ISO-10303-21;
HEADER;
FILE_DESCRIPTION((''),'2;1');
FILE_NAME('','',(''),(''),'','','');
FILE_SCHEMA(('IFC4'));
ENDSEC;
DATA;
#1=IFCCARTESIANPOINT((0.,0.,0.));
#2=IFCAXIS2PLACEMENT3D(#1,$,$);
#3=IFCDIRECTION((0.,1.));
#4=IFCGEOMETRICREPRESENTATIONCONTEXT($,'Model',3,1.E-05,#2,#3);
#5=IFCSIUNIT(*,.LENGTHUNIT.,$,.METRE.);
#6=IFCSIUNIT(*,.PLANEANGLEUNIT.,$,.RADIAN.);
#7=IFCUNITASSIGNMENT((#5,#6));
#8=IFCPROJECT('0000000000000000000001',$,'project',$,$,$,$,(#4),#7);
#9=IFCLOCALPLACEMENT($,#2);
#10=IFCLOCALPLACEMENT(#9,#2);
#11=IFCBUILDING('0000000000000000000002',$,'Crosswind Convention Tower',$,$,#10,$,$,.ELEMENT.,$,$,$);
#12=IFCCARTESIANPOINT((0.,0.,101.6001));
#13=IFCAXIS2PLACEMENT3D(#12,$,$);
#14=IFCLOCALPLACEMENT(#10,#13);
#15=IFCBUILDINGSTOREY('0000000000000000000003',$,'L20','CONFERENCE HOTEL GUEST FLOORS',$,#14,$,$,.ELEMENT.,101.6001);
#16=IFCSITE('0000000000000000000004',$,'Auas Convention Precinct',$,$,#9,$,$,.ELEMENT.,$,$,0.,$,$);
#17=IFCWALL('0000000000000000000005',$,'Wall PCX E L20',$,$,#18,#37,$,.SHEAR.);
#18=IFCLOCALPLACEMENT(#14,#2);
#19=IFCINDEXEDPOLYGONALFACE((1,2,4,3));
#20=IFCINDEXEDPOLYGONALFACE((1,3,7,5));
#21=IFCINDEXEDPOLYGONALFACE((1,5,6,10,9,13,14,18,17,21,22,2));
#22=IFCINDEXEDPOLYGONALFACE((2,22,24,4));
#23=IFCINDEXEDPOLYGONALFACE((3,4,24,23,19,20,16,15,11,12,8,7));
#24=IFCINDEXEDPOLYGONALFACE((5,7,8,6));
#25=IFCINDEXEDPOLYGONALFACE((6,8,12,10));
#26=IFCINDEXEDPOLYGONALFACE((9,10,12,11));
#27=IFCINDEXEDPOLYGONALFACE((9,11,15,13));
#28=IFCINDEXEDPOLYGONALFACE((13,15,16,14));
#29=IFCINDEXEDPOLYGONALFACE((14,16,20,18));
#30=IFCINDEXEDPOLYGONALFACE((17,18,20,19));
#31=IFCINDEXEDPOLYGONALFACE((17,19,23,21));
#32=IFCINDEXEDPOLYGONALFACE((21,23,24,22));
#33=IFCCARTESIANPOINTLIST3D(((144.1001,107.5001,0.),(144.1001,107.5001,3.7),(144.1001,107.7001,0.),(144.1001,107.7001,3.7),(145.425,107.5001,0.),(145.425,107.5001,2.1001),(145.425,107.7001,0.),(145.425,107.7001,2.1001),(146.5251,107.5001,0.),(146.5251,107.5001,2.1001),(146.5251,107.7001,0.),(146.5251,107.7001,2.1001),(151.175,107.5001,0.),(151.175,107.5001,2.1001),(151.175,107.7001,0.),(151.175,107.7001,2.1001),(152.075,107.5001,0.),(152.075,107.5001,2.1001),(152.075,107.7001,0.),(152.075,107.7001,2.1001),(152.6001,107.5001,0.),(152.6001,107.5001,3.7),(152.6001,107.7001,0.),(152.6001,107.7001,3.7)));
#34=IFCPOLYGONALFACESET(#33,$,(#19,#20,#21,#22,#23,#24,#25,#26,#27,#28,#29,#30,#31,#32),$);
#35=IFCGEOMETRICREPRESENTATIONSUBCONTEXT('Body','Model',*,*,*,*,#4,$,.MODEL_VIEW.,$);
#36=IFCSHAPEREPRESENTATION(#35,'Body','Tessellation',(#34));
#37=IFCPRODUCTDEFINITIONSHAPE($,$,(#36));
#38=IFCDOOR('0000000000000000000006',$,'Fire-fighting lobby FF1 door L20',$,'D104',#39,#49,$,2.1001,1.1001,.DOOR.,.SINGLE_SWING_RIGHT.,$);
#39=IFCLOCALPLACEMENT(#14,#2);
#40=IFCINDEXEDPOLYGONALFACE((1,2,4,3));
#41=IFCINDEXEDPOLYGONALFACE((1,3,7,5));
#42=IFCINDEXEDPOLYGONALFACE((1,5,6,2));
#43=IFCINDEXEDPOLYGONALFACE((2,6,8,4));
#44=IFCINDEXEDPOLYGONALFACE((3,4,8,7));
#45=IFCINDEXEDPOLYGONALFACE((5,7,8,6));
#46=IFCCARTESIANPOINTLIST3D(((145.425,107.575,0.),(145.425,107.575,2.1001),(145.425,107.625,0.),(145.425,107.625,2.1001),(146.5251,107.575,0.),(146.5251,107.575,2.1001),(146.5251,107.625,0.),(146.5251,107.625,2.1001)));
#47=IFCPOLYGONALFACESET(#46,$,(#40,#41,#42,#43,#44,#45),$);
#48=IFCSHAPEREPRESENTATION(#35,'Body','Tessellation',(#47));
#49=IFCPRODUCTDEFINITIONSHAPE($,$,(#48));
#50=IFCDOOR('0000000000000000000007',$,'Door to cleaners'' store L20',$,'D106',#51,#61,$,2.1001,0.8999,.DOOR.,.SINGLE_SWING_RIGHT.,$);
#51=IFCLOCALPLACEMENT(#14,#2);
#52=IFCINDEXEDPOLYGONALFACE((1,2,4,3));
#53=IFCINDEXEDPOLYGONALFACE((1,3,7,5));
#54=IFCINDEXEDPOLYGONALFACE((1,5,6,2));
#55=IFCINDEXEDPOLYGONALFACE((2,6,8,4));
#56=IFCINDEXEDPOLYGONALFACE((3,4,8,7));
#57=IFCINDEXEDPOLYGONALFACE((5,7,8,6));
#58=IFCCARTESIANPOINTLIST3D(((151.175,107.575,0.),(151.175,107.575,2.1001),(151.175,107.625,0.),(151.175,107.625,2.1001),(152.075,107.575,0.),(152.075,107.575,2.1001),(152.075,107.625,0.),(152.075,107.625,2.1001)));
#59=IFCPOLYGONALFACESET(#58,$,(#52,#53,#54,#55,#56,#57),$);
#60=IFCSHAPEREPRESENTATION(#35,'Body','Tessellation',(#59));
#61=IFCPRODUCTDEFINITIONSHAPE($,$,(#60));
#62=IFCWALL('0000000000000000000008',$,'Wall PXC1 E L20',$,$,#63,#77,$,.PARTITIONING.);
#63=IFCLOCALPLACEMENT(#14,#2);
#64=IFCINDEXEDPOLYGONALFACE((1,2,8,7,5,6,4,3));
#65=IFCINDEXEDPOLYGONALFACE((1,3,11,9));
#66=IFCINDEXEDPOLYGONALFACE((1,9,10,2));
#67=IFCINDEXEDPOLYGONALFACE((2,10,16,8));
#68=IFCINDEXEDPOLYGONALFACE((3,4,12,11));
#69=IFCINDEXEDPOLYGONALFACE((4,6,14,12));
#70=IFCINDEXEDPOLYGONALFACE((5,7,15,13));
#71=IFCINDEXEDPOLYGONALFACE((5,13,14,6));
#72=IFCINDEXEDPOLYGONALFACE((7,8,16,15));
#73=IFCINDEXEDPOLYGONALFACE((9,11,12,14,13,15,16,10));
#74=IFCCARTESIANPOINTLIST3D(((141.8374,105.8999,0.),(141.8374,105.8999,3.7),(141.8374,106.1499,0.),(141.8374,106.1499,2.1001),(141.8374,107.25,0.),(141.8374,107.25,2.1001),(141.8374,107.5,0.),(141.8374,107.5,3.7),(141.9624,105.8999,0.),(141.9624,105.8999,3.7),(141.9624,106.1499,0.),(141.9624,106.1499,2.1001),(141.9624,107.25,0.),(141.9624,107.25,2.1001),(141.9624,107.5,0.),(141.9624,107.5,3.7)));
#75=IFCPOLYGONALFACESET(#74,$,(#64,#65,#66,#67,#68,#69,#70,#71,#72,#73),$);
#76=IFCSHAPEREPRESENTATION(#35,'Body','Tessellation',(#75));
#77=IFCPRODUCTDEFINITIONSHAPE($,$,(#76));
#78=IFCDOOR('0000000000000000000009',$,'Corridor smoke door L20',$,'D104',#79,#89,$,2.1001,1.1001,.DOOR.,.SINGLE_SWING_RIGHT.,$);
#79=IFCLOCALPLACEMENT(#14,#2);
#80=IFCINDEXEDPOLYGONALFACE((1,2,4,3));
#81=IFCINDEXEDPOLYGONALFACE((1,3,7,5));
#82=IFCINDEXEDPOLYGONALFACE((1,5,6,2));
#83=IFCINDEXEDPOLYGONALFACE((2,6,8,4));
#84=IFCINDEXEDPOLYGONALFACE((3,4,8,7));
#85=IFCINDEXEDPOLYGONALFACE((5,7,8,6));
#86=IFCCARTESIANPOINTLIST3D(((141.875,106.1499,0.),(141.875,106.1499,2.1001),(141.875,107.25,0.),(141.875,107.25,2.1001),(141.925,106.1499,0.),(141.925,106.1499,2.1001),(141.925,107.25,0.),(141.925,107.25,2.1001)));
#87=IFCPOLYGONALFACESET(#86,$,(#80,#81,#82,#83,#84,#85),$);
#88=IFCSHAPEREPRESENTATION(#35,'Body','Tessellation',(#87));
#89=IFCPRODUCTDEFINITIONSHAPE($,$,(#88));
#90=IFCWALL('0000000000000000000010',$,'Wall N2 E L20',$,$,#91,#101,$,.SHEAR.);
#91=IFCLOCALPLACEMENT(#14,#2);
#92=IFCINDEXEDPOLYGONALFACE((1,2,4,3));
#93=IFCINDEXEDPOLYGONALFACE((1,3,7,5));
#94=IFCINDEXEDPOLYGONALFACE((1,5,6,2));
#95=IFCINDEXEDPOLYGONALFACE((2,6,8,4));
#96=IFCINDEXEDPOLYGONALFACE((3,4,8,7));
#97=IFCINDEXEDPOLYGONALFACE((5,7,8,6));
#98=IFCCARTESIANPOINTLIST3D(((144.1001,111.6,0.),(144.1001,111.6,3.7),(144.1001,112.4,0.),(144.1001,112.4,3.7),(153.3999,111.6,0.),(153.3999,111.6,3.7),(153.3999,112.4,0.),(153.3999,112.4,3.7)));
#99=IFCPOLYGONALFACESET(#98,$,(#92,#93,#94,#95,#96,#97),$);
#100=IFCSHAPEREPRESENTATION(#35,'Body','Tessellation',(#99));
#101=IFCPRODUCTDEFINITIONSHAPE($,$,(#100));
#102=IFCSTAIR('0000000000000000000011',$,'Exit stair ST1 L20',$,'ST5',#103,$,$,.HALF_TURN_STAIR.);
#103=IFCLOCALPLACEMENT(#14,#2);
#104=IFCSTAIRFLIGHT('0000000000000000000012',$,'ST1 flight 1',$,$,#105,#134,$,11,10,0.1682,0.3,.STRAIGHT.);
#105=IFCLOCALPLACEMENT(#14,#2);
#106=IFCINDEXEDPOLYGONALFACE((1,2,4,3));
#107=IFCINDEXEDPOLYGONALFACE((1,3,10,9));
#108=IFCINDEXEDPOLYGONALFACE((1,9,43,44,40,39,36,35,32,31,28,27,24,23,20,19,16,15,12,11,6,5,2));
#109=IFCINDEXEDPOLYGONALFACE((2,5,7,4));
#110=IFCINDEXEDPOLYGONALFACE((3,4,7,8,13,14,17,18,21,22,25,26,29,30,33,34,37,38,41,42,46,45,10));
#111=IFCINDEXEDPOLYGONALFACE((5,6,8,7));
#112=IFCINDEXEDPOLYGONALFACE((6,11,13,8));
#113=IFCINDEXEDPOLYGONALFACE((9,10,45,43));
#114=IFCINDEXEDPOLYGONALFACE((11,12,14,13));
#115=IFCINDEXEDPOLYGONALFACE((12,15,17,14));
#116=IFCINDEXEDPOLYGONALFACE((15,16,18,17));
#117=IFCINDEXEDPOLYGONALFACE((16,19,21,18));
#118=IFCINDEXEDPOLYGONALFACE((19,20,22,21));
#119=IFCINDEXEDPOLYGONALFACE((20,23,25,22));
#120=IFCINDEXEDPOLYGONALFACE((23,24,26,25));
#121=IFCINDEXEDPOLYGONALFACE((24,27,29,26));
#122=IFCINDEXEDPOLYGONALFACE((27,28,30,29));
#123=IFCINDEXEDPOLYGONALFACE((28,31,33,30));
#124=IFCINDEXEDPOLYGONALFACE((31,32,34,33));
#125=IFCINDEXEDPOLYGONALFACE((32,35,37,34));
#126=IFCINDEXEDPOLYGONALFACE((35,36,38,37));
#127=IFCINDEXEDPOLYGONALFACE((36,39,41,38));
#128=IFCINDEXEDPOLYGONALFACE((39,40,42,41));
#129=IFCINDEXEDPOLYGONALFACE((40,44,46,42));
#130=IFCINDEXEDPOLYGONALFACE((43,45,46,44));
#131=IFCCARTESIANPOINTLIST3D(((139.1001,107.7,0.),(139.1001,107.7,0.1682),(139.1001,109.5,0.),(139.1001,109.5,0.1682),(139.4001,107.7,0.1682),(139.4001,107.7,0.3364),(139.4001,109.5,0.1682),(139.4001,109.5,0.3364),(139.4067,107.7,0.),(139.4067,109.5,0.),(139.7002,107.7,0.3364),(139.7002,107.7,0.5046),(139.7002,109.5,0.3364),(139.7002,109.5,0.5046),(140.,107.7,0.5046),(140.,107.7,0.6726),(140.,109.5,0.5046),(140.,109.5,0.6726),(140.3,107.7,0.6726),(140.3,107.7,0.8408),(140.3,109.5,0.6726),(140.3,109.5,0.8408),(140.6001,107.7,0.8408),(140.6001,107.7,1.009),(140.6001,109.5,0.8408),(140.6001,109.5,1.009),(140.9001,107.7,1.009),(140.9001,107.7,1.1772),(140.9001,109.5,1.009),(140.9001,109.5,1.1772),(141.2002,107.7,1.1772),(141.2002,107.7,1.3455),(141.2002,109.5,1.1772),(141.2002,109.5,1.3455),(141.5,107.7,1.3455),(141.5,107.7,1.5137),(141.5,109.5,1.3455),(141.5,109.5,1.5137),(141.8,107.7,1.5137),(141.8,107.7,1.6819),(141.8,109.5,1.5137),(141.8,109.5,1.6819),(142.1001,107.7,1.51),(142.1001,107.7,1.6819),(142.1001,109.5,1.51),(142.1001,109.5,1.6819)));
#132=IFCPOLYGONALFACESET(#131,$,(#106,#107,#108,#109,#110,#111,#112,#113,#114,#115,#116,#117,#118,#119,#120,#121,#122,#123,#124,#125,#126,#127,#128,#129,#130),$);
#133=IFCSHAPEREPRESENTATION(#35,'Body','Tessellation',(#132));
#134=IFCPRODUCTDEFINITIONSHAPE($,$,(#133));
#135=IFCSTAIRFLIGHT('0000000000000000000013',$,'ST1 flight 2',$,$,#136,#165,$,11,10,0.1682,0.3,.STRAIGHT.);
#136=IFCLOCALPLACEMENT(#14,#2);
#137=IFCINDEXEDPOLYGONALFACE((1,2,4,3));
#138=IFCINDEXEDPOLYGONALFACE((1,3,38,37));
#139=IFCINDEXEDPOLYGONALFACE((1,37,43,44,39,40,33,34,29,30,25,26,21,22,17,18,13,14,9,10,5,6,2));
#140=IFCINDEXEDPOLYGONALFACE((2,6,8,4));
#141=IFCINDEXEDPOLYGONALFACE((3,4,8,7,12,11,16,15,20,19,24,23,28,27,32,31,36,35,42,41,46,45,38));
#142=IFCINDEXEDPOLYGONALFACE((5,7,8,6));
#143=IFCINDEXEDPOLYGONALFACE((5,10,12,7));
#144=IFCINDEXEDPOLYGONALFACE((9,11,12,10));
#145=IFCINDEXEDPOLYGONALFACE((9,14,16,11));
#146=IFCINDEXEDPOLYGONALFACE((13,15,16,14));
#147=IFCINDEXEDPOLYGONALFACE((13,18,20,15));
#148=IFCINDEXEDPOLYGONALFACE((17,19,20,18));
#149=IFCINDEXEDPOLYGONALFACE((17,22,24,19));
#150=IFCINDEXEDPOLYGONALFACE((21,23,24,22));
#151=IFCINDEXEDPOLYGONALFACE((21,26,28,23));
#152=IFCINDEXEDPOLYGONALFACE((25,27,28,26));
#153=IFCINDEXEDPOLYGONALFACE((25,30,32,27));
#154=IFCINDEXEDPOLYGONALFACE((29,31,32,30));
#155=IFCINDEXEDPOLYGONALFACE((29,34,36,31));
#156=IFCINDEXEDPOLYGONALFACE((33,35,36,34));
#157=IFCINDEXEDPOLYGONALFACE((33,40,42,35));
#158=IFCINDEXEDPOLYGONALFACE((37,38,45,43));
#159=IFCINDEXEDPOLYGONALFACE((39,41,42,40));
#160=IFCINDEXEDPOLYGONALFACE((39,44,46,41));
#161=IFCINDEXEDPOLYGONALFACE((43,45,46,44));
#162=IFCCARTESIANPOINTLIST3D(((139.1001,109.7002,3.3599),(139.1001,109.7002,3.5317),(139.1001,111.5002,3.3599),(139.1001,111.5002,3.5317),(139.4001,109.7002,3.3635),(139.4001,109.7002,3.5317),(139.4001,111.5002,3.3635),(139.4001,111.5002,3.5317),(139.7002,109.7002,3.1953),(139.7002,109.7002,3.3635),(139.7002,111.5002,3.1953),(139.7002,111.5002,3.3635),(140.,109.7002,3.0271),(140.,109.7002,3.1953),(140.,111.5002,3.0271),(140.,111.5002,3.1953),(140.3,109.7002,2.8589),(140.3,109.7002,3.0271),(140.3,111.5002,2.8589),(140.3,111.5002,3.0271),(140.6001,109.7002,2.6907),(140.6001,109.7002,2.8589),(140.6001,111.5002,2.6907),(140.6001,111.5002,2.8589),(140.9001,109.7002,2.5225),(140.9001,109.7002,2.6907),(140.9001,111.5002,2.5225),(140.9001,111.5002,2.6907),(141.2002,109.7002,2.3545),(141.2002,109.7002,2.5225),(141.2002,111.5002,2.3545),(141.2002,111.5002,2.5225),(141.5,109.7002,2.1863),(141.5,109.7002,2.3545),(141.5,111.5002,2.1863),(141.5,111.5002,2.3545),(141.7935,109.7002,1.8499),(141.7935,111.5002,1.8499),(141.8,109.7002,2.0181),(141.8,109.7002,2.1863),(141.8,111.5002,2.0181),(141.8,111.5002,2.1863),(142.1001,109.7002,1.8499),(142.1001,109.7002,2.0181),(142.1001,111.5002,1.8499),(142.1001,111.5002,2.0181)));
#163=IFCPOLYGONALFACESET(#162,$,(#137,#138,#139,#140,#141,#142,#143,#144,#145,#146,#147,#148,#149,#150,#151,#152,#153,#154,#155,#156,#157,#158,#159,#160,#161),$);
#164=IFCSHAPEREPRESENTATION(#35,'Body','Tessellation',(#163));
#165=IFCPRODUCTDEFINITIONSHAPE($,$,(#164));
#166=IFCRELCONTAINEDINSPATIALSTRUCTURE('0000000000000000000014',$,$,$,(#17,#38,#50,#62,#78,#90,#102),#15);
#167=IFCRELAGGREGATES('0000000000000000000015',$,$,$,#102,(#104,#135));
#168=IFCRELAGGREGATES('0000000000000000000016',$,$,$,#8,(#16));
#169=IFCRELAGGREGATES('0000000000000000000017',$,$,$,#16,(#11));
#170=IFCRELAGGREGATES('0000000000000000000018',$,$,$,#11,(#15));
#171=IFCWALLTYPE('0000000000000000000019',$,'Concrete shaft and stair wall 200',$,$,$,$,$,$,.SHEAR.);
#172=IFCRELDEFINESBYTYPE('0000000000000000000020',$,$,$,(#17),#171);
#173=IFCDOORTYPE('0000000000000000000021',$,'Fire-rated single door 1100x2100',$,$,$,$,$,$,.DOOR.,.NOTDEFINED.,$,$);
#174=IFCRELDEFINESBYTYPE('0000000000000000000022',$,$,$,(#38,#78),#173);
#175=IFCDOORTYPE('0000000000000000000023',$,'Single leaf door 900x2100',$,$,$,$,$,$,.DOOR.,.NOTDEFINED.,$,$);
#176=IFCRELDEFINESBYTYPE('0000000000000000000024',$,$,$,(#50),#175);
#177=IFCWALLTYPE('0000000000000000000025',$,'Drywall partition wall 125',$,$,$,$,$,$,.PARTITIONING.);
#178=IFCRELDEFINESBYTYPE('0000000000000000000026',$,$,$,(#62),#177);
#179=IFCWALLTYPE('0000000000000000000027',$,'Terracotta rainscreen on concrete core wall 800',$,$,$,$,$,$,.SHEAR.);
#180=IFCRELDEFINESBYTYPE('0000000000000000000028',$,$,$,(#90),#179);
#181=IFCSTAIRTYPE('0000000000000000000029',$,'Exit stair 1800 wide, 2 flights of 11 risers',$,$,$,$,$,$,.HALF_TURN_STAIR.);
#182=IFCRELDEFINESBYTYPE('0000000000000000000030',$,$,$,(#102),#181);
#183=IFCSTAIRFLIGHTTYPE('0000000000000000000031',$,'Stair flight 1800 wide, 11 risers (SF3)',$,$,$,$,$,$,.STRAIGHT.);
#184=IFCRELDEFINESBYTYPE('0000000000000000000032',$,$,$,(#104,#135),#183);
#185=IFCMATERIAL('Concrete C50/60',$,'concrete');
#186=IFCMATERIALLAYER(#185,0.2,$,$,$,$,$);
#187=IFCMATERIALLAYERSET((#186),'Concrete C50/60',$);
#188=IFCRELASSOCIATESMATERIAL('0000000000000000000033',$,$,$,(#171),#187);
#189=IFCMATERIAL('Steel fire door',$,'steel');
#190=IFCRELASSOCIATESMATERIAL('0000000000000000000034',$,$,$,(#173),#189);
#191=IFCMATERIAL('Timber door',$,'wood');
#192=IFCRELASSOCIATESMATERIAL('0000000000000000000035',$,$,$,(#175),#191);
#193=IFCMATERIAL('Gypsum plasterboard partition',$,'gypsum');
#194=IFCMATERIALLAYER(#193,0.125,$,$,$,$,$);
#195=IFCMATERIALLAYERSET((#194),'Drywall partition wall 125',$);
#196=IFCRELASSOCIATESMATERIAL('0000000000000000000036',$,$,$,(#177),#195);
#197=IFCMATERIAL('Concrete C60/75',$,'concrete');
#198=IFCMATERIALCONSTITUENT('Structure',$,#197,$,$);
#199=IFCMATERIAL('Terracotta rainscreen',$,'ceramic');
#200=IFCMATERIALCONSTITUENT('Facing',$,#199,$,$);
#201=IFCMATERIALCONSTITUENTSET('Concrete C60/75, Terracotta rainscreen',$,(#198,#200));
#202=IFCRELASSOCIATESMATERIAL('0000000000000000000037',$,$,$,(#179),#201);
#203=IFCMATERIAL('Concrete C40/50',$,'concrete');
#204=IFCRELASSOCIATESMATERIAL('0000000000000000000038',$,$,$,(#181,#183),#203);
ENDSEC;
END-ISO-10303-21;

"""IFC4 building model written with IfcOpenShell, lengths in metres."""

from ifc_helpers import new_model, si_unit, direction, frame, frame_2d, origin, place, context, subcontext, project, spatial, polyline, rectangle, outline, extrude, material, layer, layer_set, constituent, constituent_set, type_object, element, fill, aggregate, save


model = new_model("IFC4")

# Units and contexts
model_context = context("Model", 3, precision=1e-05, world=origin(), true_north=direction((0.0, 1.0)))
body_context = subcontext(model_context, "Body", "Model", "MODEL_VIEW")
ifc_project = project(units=[si_unit("LENGTHUNIT", "METRE"), si_unit("PLANEANGLEUNIT", "RADIAN")], contexts=[model_context])

# Site, building, storey
site_placement = place(None, origin())
site = spatial("IfcSite", under=ifc_project, at=site_placement, Name="Auas Convention Precinct", CompositionType="ELEMENT", RefElevation=0.0)
building_placement = place(site_placement, origin())
building = spatial("IfcBuilding", under=site, at=building_placement, Name="Crosswind Convention Tower", CompositionType="ELEMENT")
storey_placement = place(building_placement, frame((0.0, 0.0, 101.6001)))
storey = spatial("IfcBuildingStorey", under=building, at=storey_placement, Name="L20", Description="CONFERENCE HOTEL GUEST FLOORS", CompositionType="ELEMENT", Elevation=101.6001)

# Shared definitions
ifc_material_1 = material(Name="Concrete C50/60", Category="concrete")
ifc_layer_1 = layer(ifc_material_1, 0.2)
ifc_layer_set_1 = layer_set([ifc_layer_1], Name="Concrete C50/60")
wall_type_1 = type_object("IfcWallType", Name="Concrete shaft and stair wall 200", PredefinedType="SHEAR", material=ifc_layer_set_1)

# Shared definitions
ifc_material_2 = material(Name="Steel fire door", Category="steel")
door_type_1 = type_object("IfcDoorType", Name="Fire-rated single door 1100x2100", OperationType="NOTDEFINED", PredefinedType="DOOR", material=ifc_material_2)

# Wall, openings, doors
wall_1_placement = place(storey_placement, frame((144.1001, 107.6001, 0.0), z_axis=(0.0, 0.0, 1.0), x_axis=(1.0, 0.0, 0.0)))
wall_1 = element("IfcWall", 1, at=wall_1_placement, inside=storey, type_object=wall_type_1, Name="Wall PCX E L20", PredefinedType="SHEAR", context=body_context, shape_type="SweptSolid", body=[
    extrude(rectangle(XDim=8.5, YDim=0.2, at=frame_2d((4.25, 0.0))), origin(), (0.0, 0.0, 1.0), 3.7),
])
opening_1_placement = place(wall_1_placement, frame((1.325, 0.0, 0.0)))
opening_1 = element("IfcOpeningElement", 2, at=opening_1_placement, cuts=wall_1, PredefinedType="OPENING", context=body_context, shape_type="SweptSolid", body=[
    extrude(rectangle(XDim=1.1001, YDim=2.1001, at=frame_2d((0.55, 1.05))), frame((0.0, 0.1099, 0.0), z_axis=(0.0, -1.0, 0.0), x_axis=(1.0, 0.0, 0.0)), (0.0, 0.0, 1.0), 0.22),
])
opening_2_placement = place(wall_1_placement, frame((7.075, 0.0, 0.0)))
opening_2 = element("IfcOpeningElement", 3, at=opening_2_placement, cuts=wall_1, PredefinedType="OPENING", context=body_context, shape_type="SweptSolid", body=[
    extrude(rectangle(XDim=0.8999, YDim=2.1001, at=frame_2d((0.45, 1.05))), frame((0.0, 0.1099, 0.0), z_axis=(0.0, -1.0, 0.0), x_axis=(1.0, 0.0, 0.0)), (0.0, 0.0, 1.0), 0.22),
])
door_1_placement = place(opening_1_placement, origin())
door_1 = element("IfcDoor", 4, at=door_1_placement, inside=storey, type_object=door_type_1, Name="Fire-fighting lobby FF1 door L20", ObjectType="D104", OperationType="SINGLE_SWING_RIGHT", OverallHeight=2.1001, OverallWidth=1.1001, PredefinedType="DOOR", context=body_context, shape_type="SweptSolid", body=[
    extrude(rectangle(XDim=1.1001, YDim=2.1001, at=frame_2d((0.55, 1.05))), frame((0.0, 0.0249, 0.0), z_axis=(0.0, -1.0, 0.0), x_axis=(1.0, 0.0, 0.0)), (0.0, 0.0, 1.0), 0.05),
])
fill(opening_1, door_1)
ifc_material_3 = material(Name="Timber door", Category="wood")
door_type_2 = type_object("IfcDoorType", Name="Single leaf door 900x2100", OperationType="NOTDEFINED", PredefinedType="DOOR", material=ifc_material_3)
door_2_placement = place(opening_2_placement, origin())
door_2 = element("IfcDoor", 5, at=door_2_placement, inside=storey, type_object=door_type_2, Name="Door to cleaners' store L20", ObjectType="D106", OperationType="SINGLE_SWING_RIGHT", OverallHeight=2.1001, OverallWidth=0.8999, PredefinedType="DOOR", context=body_context, shape_type="SweptSolid", body=[
    extrude(rectangle(XDim=0.8999, YDim=2.1001, at=frame_2d((0.45, 1.05))), frame((0.0, 0.0249, 0.0), z_axis=(0.0, -1.0, 0.0), x_axis=(1.0, 0.0, 0.0)), (0.0, 0.0, 1.0), 0.05),
])
fill(opening_2, door_2)

# Wall, opening, door
ifc_material_4 = material(Name="Gypsum plasterboard partition", Category="gypsum")
ifc_layer_2 = layer(ifc_material_4, 0.125)
ifc_layer_set_2 = layer_set([ifc_layer_2], Name="Drywall partition wall 125")
wall_type_2 = type_object("IfcWallType", Name="Drywall partition wall 125", PredefinedType="PARTITIONING", material=ifc_layer_set_2)
wall_2_placement = place(storey_placement, frame((141.8999, 105.8999, 0.0), z_axis=(0.0, 0.0, 1.0), x_axis=(0.0, 1.0, 0.0)))
wall_2 = element("IfcWall", 6, at=wall_2_placement, inside=storey, type_object=wall_type_2, Name="Wall PXC1 E L20", PredefinedType="PARTITIONING", context=body_context, shape_type="SweptSolid", body=[
    extrude(rectangle(XDim=1.6001, YDim=0.125, at=frame_2d((0.8, 0.0))), origin(), (0.0, 0.0, 1.0), 3.7),
])
opening_3_placement = place(wall_2_placement, frame((0.25, 0.0, 0.0)))
opening_3 = element("IfcOpeningElement", 7, at=opening_3_placement, cuts=wall_2, PredefinedType="OPENING", context=body_context, shape_type="SweptSolid", body=[
    extrude(rectangle(XDim=1.1001, YDim=2.1001, at=frame_2d((0.55, 1.05))), frame((0.0, 0.0725, 0.0), z_axis=(0.0, -1.0, 0.0), x_axis=(1.0, 0.0, 0.0)), (0.0, 0.0, 1.0), 0.145),
])
door_3_placement = place(opening_3_placement, origin())
door_3 = element("IfcDoor", 8, at=door_3_placement, inside=storey, type_object=door_type_1, Name="Corridor smoke door L20", ObjectType="D104", OperationType="SINGLE_SWING_RIGHT", OverallHeight=2.1001, OverallWidth=1.1001, PredefinedType="DOOR", context=body_context, shape_type="SweptSolid", body=[
    extrude(rectangle(XDim=1.1001, YDim=2.1001, at=frame_2d((0.55, 1.05))), frame((0.0, 0.0249, 0.0), z_axis=(0.0, -1.0, 0.0), x_axis=(1.0, 0.0, 0.0)), (0.0, 0.0, 1.0), 0.05),
])
fill(opening_3, door_3)

# Wall
ifc_material_5 = material(Name="Concrete C60/75", Category="concrete")
ifc_constituent_1 = constituent(ifc_material_5, Name="Structure")
ifc_material_6 = material(Name="Terracotta rainscreen", Category="ceramic")
ifc_constituent_2 = constituent(ifc_material_6, Name="Facing")
ifc_constituent_set = constituent_set(constituents=[ifc_constituent_1, ifc_constituent_2], Name="Concrete C60/75, Terracotta rainscreen")
wall_type_3 = type_object("IfcWallType", Name="Terracotta rainscreen on concrete core wall 800", PredefinedType="SHEAR", material=ifc_constituent_set)
wall_3_placement = place(storey_placement, frame((144.1001, 112.0, 0.0), z_axis=(0.0, 0.0, 1.0), x_axis=(1.0, 0.0, 0.0)))
element("IfcWall", 9, at=wall_3_placement, inside=storey, type_object=wall_type_3, Name="Wall N2 E L20", PredefinedType="SHEAR", context=body_context, shape_type="SweptSolid", body=[
    extrude(rectangle(XDim=9.2998, YDim=0.8, at=frame_2d((4.6499, 0.0))), origin(), (0.0, 0.0, 1.0), 3.7),
])

# Stair, stair flights
ifc_material_7 = material(Name="Concrete C40/50", Category="concrete")
stair_type = type_object("IfcStairType", Name="Exit stair 1800 wide, 2 flights of 11 risers", PredefinedType="HALF_TURN_STAIR", material=ifc_material_7)
stair_placement = place(storey_placement, origin())
stair = element("IfcStair", 10, at=stair_placement, inside=storey, type_object=stair_type, Name="Exit stair ST1 L20", ObjectType="ST5", PredefinedType="HALF_TURN_STAIR")
stair_flight_type = type_object("IfcStairFlightType", Name="Stair flight 1800 wide, 11 risers (SF3)", PredefinedType="STRAIGHT", material=ifc_material_7)
stair_flight_1_placement = place(storey_placement, frame((139.1001, 108.6001, 0.0), z_axis=(0.0, 0.0, 1.0), x_axis=(1.0, 0.0, 0.0)))
stair_flight_1 = element("IfcStairFlight", 11, at=stair_flight_1_placement, type_object=stair_flight_type, Name="ST1 flight 1", NumberOfRisers=11, NumberOfTreads=10, PredefinedType="STRAIGHT", RiserHeight=0.1682, TreadLength=0.3, context=body_context, shape_type="SweptSolid", body=[
    extrude(outline(polyline([(0.0, 0.0), (0.0, 0.1682), (0.3, 0.1682), (0.3, 0.3364), (0.6001, 0.3364), (0.6001, 0.5046), (0.8999, 0.5046), (0.8999, 0.6726), (1.2, 0.6726), (1.2, 0.8408), (1.5, 0.8408), (1.5, 1.009), (1.8, 1.009), (1.8, 1.1772), (2.1001, 1.1772), (2.1001, 1.3455), (2.3999, 1.3455), (2.3999, 1.5137), (2.7, 1.5137), (2.7, 1.6819), (3.0, 1.6819), (3.0, 1.8501), (3.0, 1.51), (0.3066, 0.0), (0.0, 0.0)])), frame((0.0, 0.8999, 0.0), z_axis=(0.0, -1.0, 0.0), x_axis=(1.0, 0.0, 0.0)), (0.0, 0.0, 1.0), 1.8),
])
stair_flight_2_placement = place(storey_placement, frame((142.1001, 110.6001, 1.8499), z_axis=(0.0, 0.0, 1.0), x_axis=(-1.0, 0.0, 0.0)))
stair_flight_2 = element("IfcStairFlight", 12, at=stair_flight_2_placement, type_object=stair_flight_type, Name="ST1 flight 2", NumberOfRisers=11, NumberOfTreads=10, PredefinedType="STRAIGHT", RiserHeight=0.1682, TreadLength=0.3, context=body_context, shape_type="SweptSolid", body=[
    extrude(outline(polyline([(0.0, 0.0), (0.0, 0.1682), (0.3, 0.1682), (0.3, 0.3364), (0.6001, 0.3364), (0.6001, 0.5046), (0.8999, 0.5046), (0.8999, 0.6726), (1.2, 0.6726), (1.2, 0.8408), (1.5, 0.8408), (1.5, 1.009), (1.8, 1.009), (1.8, 1.1772), (2.1001, 1.1772), (2.1001, 1.3455), (2.3999, 1.3455), (2.3999, 1.5137), (2.7, 1.5137), (2.7, 1.6819), (3.0, 1.6819), (3.0, 1.8501), (3.0, 1.51), (0.3066, 0.0), (0.0, 0.0)])), frame((0.0, 0.8999, 0.0), z_axis=(0.0, -1.0, 0.0), x_axis=(1.0, 0.0, 0.0)), (0.0, 0.0, 1.0), 1.8),
])
aggregate(stair, [stair_flight_1, stair_flight_2])

save(model, "model.ifc")
